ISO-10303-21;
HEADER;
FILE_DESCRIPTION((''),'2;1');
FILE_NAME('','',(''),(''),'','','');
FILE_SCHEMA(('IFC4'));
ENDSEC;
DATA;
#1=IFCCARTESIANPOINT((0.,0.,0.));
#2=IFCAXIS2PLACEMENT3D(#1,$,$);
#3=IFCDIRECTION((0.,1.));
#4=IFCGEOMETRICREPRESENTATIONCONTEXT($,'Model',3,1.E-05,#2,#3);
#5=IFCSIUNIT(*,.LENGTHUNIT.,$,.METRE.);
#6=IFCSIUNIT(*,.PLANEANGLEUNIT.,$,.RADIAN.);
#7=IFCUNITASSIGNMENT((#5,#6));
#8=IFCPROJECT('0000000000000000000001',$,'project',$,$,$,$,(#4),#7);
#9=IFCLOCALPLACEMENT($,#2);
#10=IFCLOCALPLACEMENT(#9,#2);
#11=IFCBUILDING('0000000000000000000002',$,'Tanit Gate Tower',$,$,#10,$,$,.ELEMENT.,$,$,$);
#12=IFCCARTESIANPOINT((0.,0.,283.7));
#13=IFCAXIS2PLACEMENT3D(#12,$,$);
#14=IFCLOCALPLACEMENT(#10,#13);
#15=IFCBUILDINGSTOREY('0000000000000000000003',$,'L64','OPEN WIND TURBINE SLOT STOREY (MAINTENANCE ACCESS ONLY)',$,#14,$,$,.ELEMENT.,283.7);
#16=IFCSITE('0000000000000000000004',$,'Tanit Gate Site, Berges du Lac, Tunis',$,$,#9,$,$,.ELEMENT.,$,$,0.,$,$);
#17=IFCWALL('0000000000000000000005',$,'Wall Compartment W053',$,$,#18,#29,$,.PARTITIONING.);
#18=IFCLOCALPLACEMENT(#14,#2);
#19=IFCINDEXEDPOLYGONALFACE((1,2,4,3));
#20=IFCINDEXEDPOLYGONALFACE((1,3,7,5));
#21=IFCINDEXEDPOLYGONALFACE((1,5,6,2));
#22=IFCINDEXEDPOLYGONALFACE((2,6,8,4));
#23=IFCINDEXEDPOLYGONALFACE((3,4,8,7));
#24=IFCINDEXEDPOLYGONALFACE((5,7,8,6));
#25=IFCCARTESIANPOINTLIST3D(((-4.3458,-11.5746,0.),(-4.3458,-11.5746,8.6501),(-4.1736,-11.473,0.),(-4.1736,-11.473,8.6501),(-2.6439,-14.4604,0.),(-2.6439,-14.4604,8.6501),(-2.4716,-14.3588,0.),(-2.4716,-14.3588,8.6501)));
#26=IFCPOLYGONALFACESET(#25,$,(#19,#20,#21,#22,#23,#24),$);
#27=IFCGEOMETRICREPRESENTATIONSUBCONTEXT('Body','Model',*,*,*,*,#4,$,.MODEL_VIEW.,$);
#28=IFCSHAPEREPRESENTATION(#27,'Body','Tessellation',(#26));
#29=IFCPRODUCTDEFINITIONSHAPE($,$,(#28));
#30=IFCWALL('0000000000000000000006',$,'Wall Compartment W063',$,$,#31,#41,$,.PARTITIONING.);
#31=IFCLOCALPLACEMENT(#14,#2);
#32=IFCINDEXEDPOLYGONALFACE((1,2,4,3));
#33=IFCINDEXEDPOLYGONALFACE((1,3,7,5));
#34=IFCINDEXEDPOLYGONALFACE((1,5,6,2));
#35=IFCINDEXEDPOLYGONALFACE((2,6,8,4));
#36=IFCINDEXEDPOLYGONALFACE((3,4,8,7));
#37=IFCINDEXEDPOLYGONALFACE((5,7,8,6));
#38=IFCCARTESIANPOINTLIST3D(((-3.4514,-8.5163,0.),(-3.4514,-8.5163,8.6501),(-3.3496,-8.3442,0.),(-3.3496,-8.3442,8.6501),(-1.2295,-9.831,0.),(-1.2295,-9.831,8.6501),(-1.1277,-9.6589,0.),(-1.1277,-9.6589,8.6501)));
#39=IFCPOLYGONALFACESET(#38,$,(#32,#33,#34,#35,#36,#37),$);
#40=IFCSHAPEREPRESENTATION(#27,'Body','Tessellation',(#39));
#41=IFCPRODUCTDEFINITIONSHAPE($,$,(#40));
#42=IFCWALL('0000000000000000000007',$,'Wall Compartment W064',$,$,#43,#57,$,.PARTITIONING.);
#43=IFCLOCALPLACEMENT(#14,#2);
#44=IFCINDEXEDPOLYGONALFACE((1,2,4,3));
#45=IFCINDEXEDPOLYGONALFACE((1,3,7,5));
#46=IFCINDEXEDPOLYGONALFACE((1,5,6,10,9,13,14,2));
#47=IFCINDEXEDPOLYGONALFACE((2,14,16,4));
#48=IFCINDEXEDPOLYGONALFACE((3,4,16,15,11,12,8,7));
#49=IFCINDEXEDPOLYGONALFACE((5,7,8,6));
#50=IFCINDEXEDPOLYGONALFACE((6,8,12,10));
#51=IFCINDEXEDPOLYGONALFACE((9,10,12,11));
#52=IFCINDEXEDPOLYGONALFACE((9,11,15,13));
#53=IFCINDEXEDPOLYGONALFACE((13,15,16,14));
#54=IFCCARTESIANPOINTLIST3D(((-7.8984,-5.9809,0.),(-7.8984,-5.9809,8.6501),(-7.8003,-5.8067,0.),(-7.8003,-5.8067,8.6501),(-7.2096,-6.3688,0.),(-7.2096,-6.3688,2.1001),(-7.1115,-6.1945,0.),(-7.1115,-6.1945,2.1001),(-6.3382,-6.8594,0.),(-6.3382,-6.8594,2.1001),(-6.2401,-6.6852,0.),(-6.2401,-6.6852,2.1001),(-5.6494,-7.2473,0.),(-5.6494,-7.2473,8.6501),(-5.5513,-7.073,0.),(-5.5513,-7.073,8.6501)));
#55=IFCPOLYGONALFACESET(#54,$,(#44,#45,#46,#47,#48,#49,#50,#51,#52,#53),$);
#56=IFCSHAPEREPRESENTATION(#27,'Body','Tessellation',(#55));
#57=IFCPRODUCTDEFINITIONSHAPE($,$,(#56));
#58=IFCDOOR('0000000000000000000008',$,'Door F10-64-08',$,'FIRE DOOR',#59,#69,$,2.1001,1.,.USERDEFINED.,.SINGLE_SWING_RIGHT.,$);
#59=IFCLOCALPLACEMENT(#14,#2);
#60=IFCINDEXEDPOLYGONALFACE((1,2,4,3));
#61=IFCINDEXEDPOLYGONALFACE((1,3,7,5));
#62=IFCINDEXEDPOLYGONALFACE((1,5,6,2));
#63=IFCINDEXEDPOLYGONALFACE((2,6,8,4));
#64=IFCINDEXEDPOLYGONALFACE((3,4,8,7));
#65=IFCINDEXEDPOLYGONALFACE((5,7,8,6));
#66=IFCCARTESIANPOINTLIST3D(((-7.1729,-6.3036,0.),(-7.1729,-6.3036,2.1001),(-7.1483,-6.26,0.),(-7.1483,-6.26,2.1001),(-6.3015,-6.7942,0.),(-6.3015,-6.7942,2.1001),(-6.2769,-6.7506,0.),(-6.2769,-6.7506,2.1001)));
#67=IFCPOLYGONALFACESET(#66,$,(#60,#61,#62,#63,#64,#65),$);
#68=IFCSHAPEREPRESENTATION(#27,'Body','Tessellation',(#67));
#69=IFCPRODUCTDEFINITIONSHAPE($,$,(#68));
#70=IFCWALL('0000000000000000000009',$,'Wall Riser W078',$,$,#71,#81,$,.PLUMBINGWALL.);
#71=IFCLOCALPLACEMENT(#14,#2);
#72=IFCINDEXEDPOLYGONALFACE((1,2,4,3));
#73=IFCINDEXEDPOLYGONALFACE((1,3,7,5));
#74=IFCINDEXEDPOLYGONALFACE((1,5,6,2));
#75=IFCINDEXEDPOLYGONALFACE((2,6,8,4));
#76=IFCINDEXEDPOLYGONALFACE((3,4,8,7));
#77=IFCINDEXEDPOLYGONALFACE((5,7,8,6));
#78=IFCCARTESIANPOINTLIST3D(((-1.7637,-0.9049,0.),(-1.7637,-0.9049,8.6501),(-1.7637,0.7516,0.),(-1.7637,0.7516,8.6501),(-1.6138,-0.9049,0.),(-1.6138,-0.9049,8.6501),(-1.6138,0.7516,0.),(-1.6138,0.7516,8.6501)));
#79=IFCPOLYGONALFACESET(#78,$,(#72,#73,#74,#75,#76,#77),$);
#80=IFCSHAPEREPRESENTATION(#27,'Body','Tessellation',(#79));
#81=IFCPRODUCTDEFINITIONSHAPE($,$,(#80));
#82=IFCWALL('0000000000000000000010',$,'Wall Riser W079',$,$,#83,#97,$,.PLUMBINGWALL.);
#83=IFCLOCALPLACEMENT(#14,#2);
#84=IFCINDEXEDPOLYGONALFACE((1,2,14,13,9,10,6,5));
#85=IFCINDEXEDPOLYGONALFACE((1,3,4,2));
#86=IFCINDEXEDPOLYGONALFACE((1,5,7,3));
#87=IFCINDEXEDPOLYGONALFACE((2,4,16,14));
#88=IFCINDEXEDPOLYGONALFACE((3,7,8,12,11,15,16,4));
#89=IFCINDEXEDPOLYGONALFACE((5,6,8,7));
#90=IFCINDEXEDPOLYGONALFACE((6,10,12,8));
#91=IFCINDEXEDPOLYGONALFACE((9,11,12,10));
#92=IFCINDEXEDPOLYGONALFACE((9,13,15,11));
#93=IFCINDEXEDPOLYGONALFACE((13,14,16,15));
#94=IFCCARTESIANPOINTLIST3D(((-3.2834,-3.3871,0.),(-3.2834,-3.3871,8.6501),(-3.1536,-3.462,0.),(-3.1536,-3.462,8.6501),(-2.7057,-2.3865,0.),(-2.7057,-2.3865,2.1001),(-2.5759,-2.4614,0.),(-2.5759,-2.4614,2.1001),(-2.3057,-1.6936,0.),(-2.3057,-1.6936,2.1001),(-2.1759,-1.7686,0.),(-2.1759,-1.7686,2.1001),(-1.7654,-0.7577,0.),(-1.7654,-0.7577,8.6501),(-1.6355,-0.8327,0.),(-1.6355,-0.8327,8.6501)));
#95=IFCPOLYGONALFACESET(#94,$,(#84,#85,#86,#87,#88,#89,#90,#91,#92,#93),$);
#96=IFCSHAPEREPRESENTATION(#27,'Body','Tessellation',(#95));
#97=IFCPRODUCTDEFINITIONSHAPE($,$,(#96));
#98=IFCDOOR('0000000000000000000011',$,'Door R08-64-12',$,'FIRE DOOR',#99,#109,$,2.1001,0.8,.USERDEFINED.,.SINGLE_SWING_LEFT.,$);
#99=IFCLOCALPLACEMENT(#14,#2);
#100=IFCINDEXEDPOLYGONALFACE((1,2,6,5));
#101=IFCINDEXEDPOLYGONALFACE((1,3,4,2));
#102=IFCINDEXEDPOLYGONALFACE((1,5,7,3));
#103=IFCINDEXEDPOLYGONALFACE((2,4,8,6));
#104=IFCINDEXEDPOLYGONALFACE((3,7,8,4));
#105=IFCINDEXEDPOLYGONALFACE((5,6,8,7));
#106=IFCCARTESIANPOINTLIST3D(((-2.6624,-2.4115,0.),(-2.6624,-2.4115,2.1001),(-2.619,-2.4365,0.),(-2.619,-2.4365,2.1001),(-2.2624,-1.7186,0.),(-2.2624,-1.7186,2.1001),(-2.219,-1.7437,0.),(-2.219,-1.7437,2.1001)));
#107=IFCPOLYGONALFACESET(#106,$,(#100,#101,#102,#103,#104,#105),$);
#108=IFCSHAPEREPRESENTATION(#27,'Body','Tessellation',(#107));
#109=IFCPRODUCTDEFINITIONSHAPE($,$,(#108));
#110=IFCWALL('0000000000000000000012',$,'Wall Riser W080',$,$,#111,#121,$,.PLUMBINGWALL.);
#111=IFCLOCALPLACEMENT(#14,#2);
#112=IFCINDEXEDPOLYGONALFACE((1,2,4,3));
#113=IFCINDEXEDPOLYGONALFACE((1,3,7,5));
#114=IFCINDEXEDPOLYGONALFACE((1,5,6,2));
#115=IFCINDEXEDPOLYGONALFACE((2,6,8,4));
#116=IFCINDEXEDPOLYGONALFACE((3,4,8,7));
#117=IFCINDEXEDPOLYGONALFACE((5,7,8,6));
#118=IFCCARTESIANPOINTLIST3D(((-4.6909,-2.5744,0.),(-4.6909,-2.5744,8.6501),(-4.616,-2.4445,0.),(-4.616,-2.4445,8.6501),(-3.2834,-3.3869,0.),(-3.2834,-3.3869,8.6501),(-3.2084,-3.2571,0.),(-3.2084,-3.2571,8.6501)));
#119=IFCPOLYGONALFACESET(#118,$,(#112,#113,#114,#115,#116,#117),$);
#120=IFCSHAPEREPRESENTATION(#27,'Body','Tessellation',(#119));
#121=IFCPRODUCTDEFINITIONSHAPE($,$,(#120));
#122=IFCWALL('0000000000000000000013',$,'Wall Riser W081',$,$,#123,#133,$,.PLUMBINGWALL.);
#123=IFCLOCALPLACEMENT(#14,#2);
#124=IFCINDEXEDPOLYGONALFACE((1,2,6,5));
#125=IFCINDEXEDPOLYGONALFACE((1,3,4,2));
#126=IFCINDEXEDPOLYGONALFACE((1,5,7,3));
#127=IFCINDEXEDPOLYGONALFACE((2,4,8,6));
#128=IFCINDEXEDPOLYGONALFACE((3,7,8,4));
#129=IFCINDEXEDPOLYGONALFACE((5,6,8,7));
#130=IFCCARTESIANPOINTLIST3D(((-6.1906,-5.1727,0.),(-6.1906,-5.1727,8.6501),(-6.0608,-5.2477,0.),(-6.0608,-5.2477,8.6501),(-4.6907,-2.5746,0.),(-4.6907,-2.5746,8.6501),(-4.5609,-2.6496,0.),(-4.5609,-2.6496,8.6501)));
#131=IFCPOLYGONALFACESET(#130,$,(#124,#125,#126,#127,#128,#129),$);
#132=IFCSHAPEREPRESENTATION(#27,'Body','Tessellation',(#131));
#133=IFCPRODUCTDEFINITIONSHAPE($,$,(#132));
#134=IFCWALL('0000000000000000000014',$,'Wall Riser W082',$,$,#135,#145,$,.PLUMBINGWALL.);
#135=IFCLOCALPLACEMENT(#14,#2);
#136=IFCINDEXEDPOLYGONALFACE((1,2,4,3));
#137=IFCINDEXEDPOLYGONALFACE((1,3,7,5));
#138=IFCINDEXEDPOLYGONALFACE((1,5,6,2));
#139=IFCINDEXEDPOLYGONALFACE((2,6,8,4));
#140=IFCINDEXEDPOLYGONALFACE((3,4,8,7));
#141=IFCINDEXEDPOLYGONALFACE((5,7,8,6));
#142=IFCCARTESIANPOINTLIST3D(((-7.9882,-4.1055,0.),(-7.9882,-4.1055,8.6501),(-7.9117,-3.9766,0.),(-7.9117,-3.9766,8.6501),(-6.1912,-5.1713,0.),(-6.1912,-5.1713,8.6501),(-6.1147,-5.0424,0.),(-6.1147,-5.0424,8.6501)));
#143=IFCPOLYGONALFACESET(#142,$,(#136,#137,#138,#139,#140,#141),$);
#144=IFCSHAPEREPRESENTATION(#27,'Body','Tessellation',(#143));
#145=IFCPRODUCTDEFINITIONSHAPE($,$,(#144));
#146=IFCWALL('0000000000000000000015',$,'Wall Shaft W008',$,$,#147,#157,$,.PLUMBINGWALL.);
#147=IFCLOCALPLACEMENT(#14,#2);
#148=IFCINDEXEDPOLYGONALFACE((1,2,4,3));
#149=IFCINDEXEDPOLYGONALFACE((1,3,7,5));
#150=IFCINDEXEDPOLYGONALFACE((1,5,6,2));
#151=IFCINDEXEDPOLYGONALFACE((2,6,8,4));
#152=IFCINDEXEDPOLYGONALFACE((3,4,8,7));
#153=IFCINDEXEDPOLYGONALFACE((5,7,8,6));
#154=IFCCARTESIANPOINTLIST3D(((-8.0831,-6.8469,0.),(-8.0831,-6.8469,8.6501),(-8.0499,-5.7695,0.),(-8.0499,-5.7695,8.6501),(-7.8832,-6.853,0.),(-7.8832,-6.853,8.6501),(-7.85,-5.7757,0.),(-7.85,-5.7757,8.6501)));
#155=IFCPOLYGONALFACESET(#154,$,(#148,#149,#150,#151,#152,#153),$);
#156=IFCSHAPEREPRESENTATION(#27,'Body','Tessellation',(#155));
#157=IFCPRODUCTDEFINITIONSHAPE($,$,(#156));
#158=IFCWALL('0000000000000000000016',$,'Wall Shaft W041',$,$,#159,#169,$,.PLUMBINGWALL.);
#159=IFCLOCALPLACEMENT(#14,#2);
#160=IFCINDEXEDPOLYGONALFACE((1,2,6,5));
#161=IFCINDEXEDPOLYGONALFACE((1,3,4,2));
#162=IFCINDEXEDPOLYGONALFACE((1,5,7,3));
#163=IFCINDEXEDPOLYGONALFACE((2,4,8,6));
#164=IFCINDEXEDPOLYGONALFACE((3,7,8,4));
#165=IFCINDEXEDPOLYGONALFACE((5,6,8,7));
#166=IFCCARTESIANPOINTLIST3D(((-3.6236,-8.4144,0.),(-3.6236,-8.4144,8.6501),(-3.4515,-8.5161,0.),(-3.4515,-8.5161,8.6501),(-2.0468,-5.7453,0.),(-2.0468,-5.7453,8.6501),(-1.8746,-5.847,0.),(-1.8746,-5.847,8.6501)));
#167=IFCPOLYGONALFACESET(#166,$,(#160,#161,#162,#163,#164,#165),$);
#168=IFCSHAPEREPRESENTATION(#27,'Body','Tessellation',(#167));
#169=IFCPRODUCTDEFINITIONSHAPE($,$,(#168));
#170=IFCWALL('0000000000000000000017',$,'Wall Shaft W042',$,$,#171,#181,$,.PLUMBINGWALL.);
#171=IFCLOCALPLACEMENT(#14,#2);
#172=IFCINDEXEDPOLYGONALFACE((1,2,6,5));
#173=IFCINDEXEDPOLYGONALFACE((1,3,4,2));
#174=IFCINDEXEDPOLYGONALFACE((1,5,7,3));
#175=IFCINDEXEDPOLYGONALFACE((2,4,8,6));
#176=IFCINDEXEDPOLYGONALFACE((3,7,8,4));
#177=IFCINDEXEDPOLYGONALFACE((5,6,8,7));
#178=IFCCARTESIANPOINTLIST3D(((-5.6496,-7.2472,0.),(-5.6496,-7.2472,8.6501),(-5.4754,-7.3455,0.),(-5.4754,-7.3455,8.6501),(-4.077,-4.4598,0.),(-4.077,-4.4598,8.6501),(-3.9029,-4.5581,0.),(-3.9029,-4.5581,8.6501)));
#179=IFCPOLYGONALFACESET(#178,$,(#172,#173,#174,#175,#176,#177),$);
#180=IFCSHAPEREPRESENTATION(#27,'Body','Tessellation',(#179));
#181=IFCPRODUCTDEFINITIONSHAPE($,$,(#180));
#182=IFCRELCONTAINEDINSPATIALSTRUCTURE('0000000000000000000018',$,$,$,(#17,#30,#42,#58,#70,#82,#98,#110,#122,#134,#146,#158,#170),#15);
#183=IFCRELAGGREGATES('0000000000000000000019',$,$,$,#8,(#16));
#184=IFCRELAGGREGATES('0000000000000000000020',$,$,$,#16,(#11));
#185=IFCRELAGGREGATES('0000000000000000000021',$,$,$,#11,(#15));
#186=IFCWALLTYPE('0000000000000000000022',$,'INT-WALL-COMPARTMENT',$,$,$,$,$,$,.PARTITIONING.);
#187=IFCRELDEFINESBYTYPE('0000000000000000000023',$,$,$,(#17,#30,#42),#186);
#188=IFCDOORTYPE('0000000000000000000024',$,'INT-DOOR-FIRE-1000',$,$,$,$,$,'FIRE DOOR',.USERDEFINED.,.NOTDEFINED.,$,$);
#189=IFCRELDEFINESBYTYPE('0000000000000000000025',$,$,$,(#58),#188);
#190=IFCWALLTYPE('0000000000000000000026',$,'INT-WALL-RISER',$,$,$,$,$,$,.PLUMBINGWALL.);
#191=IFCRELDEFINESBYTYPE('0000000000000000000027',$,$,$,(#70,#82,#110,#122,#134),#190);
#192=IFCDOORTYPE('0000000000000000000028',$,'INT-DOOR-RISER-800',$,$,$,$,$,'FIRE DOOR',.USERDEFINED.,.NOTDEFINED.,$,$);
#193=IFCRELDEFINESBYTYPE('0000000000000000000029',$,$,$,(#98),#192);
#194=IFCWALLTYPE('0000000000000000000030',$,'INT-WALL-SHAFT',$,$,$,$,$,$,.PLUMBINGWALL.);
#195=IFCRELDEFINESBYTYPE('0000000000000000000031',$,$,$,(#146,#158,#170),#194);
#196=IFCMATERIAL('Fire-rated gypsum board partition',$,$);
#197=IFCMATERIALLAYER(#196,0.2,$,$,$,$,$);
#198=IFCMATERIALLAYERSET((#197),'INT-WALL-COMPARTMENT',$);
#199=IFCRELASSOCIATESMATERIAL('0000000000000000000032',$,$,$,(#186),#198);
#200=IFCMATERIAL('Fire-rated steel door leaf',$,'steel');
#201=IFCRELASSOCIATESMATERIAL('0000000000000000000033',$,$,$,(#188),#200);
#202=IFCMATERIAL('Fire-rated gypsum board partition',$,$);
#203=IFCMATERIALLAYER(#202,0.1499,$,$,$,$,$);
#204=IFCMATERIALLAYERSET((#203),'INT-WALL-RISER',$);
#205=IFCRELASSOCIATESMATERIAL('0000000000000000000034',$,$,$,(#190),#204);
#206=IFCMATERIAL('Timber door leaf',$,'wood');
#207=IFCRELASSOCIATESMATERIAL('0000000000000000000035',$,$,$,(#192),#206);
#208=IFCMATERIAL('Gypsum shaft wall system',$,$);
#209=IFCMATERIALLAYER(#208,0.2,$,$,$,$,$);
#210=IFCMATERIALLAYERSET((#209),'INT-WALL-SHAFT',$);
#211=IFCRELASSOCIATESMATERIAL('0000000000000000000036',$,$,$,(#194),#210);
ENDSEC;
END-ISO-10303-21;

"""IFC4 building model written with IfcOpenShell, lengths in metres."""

from ifc_helpers import new_model, si_unit, direction, frame, frame_2d, origin, place, context, subcontext, project, spatial, rectangle, extrude, material, layer, layer_set, type_object, element, fill, save


model = new_model("IFC4")

# Units and contexts
model_context = context("Model", 3, precision=1e-05, world=origin(), true_north=direction((0.0, 1.0)))
body_context = subcontext(model_context, "Body", "Model", "MODEL_VIEW")
ifc_project = project(units=[si_unit("LENGTHUNIT", "METRE"), si_unit("PLANEANGLEUNIT", "RADIAN")], contexts=[model_context])

# Site, building, storey
site_placement = place(None, origin())
site = spatial("IfcSite", under=ifc_project, at=site_placement, Name="Tanit Gate Site, Berges du Lac, Tunis", CompositionType="ELEMENT", RefElevation=0.0)
building_placement = place(site_placement, origin())
building = spatial("IfcBuilding", under=site, at=building_placement, Name="Tanit Gate Tower", CompositionType="ELEMENT")
storey_placement = place(building_placement, frame((0.0, 0.0, 283.7)))
storey = spatial("IfcBuildingStorey", under=building, at=storey_placement, Name="L64", Description="OPEN WIND TURBINE SLOT STOREY (MAINTENANCE ACCESS ONLY)", CompositionType="ELEMENT", Elevation=283.7)

# Walls
ifc_material_1 = material(Name="Fire-rated gypsum board partition")
ifc_layer_1 = layer(ifc_material_1, 0.2)
ifc_layer_set_1 = layer_set([ifc_layer_1], Name="INT-WALL-COMPARTMENT")
wall_type_1 = type_object("IfcWallType", Name="INT-WALL-COMPARTMENT", PredefinedType="PARTITIONING", material=ifc_layer_set_1)
wall_1_placement = place(storey_placement, frame((-4.2598, -11.5237, 0.0), z_axis=(0.0, 0.0, 1.0), x_axis=(0.507997, -0.861359, 0.0)))
element("IfcWall", 1, at=wall_1_placement, inside=storey, type_object=wall_type_1, Name="Wall Compartment W053", PredefinedType="PARTITIONING", context=body_context, shape_type="SweptSolid", body=[
    extrude(rectangle(XDim=3.3503, YDim=0.2, at=frame_2d((1.6753, 0.0))), origin(), (0.0, 0.0, 1.0), 8.6501),
])
wall_2_placement = place(storey_placement, frame((-3.4006, -8.4302, 0.0), z_axis=(0.0, 0.0, 1.0), x_axis=(0.860631, -0.509229, 0.0)))
element("IfcWall", 2, at=wall_2_placement, inside=storey, type_object=wall_type_1, Name="Wall Compartment W063", PredefinedType="PARTITIONING", context=body_context, shape_type="SweptSolid", body=[
    extrude(rectangle(XDim=2.5818, YDim=0.2, at=frame_2d((1.291, 0.0))), origin(), (0.0, 0.0, 1.0), 8.6501),
])

# Wall, opening, door
wall_3_placement = place(storey_placement, frame((-7.8494, -5.8938, 0.0), z_axis=(0.0, 0.0, 1.0), x_axis=(0.871363, -0.490638, 0.0)))
wall_3 = element("IfcWall", 3, at=wall_3_placement, inside=storey, type_object=wall_type_1, Name="Wall Compartment W064", PredefinedType="PARTITIONING", context=body_context, shape_type="SweptSolid", body=[
    extrude(rectangle(XDim=2.5811, YDim=0.2, at=frame_2d((1.2905, 0.0))), origin(), (0.0, 0.0, 1.0), 8.6501),
])
opening_1_placement = place(wall_3_placement, frame((0.7905, 0.0, 0.0)))
opening_1 = element("IfcOpeningElement", 4, at=opening_1_placement, cuts=wall_3, PredefinedType="OPENING", context=body_context, shape_type="SweptSolid", body=[
    extrude(rectangle(XDim=1.0, YDim=2.1001, at=frame_2d((0.5, 1.05))), frame((0.0, 0.1099, 0.0), z_axis=(0.0, -1.0, 0.0), x_axis=(1.0, 0.0, 0.0)), (0.0, 0.0, 1.0), 0.22),
])
ifc_material_2 = material(Name="Fire-rated steel door leaf", Category="steel")
door_type_1 = type_object("IfcDoorType", Name="INT-DOOR-FIRE-1000", ElementType="FIRE DOOR", OperationType="NOTDEFINED", PredefinedType="USERDEFINED", material=ifc_material_2)
door_1_placement = place(opening_1_placement, origin())
door_1 = element("IfcDoor", 5, at=door_1_placement, inside=storey, type_object=door_type_1, Name="Door F10-64-08", ObjectType="FIRE DOOR", OperationType="SINGLE_SWING_RIGHT", OverallHeight=2.1001, OverallWidth=1.0, PredefinedType="USERDEFINED", context=body_context, shape_type="SweptSolid", body=[
    extrude(rectangle(XDim=1.0, YDim=2.1001, at=frame_2d((0.5, 1.05))), frame((0.0, 0.0249, 0.0), z_axis=(0.0, -1.0, 0.0), x_axis=(1.0, 0.0, 0.0)), (0.0, 0.0, 1.0), 0.05),
])
fill(opening_1, door_1)

# Wall
ifc_material_3 = material(Name="Fire-rated gypsum board partition")
ifc_layer_2 = layer(ifc_material_3, 0.1499)
ifc_layer_set_2 = layer_set([ifc_layer_2], Name="INT-WALL-RISER")
wall_type_2 = type_object("IfcWallType", Name="INT-WALL-RISER", PredefinedType="PLUMBINGWALL", material=ifc_layer_set_2)
wall_4_placement = place(storey_placement, frame((-1.6887, -0.9048, 0.0), z_axis=(0.0, 0.0, 1.0), x_axis=(0.0, 1.0, 0.0)))
element("IfcWall", 6, at=wall_4_placement, inside=storey, type_object=wall_type_2, Name="Wall Riser W078", PredefinedType="PLUMBINGWALL", context=body_context, shape_type="SweptSolid", body=[
    extrude(rectangle(XDim=1.6565, YDim=0.1499, at=frame_2d((0.8281, 0.0))), origin(), (0.0, 0.0, 1.0), 8.6501),
])

# Wall, opening, door
wall_5_placement = place(storey_placement, frame((-3.2185, -3.4246, 0.0), z_axis=(0.0, 0.0, 1.0), x_axis=(0.499996, 0.866028, 0.0)))
wall_5 = element("IfcWall", 7, at=wall_5_placement, inside=storey, type_object=wall_type_2, Name="Wall Riser W079", PredefinedType="PLUMBINGWALL", context=body_context, shape_type="SweptSolid", body=[
    extrude(rectangle(XDim=3.0361, YDim=0.1499, at=frame_2d((1.5181, 0.0))), origin(), (0.0, 0.0, 1.0), 8.6501),
])
opening_2_placement = place(wall_5_placement, frame((1.1555, 0.0, 0.0)))
opening_2 = element("IfcOpeningElement", 8, at=opening_2_placement, cuts=wall_5, PredefinedType="OPENING", context=body_context, shape_type="SweptSolid", body=[
    extrude(rectangle(XDim=0.8, YDim=2.1001, at=frame_2d((0.3999, 1.05))), frame((0.0, 0.085, 0.0), z_axis=(0.0, -1.0, 0.0), x_axis=(1.0, 0.0, 0.0)), (0.0, 0.0, 1.0), 0.1699),
])
ifc_material_4 = material(Name="Timber door leaf", Category="wood")
door_type_2 = type_object("IfcDoorType", Name="INT-DOOR-RISER-800", ElementType="FIRE DOOR", OperationType="NOTDEFINED", PredefinedType="USERDEFINED", material=ifc_material_4)
door_2_placement = place(opening_2_placement, origin())
door_2 = element("IfcDoor", 9, at=door_2_placement, inside=storey, type_object=door_type_2, Name="Door R08-64-12", ObjectType="FIRE DOOR", OperationType="SINGLE_SWING_LEFT", OverallHeight=2.1001, OverallWidth=0.8, PredefinedType="USERDEFINED", context=body_context, shape_type="SweptSolid", body=[
    extrude(rectangle(XDim=0.8, YDim=2.1001, at=frame_2d((0.3999, 1.05))), frame((0.0, 0.0249, 0.0), z_axis=(0.0, -1.0, 0.0), x_axis=(1.0, 0.0, 0.0)), (0.0, 0.0, 1.0), 0.05),
])
fill(opening_2, door_2)

# Walls
wall_6_placement = place(storey_placement, frame((-4.6533, -2.5095, 0.0), z_axis=(0.0, 0.0, 1.0), x_axis=(0.866053, -0.499952, 0.0)))
element("IfcWall", 10, at=wall_6_placement, inside=storey, type_object=wall_type_2, Name="Wall Riser W080", PredefinedType="PLUMBINGWALL", context=body_context, shape_type="SweptSolid", body=[
    extrude(rectangle(XDim=1.6252, YDim=0.1499, at=frame_2d((0.8125, 0.0))), origin(), (0.0, 0.0, 1.0), 8.6501),
])
wall_7_placement = place(storey_placement, frame((-6.1257, -5.2102, 0.0), z_axis=(0.0, 0.0, 1.0), x_axis=(0.49999, 0.866031, 0.0)))
element("IfcWall", 11, at=wall_7_placement, inside=storey, type_object=wall_type_2, Name="Wall Riser W081", PredefinedType="PLUMBINGWALL", context=body_context, shape_type="SweptSolid", body=[
    extrude(rectangle(XDim=3.0, YDim=0.1499, at=frame_2d((1.5, 0.0))), origin(), (0.0, 0.0, 1.0), 8.6501),
])
wall_8_placement = place(storey_placement, frame((-7.95, -4.041, 0.0), z_axis=(0.0, 0.0, 1.0), x_axis=(0.86009, -0.510142, 0.0)))
element("IfcWall", 12, at=wall_8_placement, inside=storey, type_object=wall_type_2, Name="Wall Riser W082", PredefinedType="PLUMBINGWALL", context=body_context, shape_type="SweptSolid", body=[
    extrude(rectangle(XDim=2.0894, YDim=0.1499, at=frame_2d((1.0447, 0.0))), origin(), (0.0, 0.0, 1.0), 8.6501),
])
ifc_material_5 = material(Name="Gypsum shaft wall system")
ifc_layer_3 = layer(ifc_material_5, 0.2)
ifc_layer_set_3 = layer_set([ifc_layer_3], Name="INT-WALL-SHAFT")
wall_type_3 = type_object("IfcWallType", Name="INT-WALL-SHAFT", PredefinedType="PLUMBINGWALL", material=ifc_layer_set_3)
wall_9_placement = place(storey_placement, frame((-7.95, -5.7725, 0.0), z_axis=(0.0, 0.0, 1.0), x_axis=(-0.030803, -0.999525, 0.0)))
element("IfcWall", 13, at=wall_9_placement, inside=storey, type_object=wall_type_3, Name="Wall Shaft W008", PredefinedType="PLUMBINGWALL", context=body_context, shape_type="SweptSolid", body=[
    extrude(rectangle(XDim=1.0779, YDim=0.2, at=frame_2d((0.5391, 0.0))), origin(), (0.0, 0.0, 1.0), 8.6501),
])

# Walls
wall_10_placement = place(storey_placement, frame((-1.9607, -5.7961, 0.0), z_axis=(0.0, 0.0, 1.0), x_axis=(-0.508647, -0.860975, 0.0)))
element("IfcWall", 14, at=wall_10_placement, inside=storey, type_object=wall_type_3, Name="Wall Shaft W041", PredefinedType="PLUMBINGWALL", context=body_context, shape_type="SweptSolid", body=[
    extrude(rectangle(XDim=3.1001, YDim=0.2, at=frame_2d((1.55, 0.0))), origin(), (0.0, 0.0, 1.0), 8.6501),
])
wall_11_placement = place(storey_placement, frame((-3.99, -4.509, 0.0), z_axis=(0.0, 0.0, 1.0), x_axis=(-0.491358, -0.870958, 0.0)))
element("IfcWall", 15, at=wall_11_placement, inside=storey, type_object=wall_type_3, Name="Wall Shaft W042", PredefinedType="PLUMBINGWALL", context=body_context, shape_type="SweptSolid", body=[
    extrude(rectangle(XDim=3.2004, YDim=0.2, at=frame_2d((1.6001, 0.0))), origin(), (0.0, 0.0, 1.0), 8.6501),
])

save(model, "model.ifc")
